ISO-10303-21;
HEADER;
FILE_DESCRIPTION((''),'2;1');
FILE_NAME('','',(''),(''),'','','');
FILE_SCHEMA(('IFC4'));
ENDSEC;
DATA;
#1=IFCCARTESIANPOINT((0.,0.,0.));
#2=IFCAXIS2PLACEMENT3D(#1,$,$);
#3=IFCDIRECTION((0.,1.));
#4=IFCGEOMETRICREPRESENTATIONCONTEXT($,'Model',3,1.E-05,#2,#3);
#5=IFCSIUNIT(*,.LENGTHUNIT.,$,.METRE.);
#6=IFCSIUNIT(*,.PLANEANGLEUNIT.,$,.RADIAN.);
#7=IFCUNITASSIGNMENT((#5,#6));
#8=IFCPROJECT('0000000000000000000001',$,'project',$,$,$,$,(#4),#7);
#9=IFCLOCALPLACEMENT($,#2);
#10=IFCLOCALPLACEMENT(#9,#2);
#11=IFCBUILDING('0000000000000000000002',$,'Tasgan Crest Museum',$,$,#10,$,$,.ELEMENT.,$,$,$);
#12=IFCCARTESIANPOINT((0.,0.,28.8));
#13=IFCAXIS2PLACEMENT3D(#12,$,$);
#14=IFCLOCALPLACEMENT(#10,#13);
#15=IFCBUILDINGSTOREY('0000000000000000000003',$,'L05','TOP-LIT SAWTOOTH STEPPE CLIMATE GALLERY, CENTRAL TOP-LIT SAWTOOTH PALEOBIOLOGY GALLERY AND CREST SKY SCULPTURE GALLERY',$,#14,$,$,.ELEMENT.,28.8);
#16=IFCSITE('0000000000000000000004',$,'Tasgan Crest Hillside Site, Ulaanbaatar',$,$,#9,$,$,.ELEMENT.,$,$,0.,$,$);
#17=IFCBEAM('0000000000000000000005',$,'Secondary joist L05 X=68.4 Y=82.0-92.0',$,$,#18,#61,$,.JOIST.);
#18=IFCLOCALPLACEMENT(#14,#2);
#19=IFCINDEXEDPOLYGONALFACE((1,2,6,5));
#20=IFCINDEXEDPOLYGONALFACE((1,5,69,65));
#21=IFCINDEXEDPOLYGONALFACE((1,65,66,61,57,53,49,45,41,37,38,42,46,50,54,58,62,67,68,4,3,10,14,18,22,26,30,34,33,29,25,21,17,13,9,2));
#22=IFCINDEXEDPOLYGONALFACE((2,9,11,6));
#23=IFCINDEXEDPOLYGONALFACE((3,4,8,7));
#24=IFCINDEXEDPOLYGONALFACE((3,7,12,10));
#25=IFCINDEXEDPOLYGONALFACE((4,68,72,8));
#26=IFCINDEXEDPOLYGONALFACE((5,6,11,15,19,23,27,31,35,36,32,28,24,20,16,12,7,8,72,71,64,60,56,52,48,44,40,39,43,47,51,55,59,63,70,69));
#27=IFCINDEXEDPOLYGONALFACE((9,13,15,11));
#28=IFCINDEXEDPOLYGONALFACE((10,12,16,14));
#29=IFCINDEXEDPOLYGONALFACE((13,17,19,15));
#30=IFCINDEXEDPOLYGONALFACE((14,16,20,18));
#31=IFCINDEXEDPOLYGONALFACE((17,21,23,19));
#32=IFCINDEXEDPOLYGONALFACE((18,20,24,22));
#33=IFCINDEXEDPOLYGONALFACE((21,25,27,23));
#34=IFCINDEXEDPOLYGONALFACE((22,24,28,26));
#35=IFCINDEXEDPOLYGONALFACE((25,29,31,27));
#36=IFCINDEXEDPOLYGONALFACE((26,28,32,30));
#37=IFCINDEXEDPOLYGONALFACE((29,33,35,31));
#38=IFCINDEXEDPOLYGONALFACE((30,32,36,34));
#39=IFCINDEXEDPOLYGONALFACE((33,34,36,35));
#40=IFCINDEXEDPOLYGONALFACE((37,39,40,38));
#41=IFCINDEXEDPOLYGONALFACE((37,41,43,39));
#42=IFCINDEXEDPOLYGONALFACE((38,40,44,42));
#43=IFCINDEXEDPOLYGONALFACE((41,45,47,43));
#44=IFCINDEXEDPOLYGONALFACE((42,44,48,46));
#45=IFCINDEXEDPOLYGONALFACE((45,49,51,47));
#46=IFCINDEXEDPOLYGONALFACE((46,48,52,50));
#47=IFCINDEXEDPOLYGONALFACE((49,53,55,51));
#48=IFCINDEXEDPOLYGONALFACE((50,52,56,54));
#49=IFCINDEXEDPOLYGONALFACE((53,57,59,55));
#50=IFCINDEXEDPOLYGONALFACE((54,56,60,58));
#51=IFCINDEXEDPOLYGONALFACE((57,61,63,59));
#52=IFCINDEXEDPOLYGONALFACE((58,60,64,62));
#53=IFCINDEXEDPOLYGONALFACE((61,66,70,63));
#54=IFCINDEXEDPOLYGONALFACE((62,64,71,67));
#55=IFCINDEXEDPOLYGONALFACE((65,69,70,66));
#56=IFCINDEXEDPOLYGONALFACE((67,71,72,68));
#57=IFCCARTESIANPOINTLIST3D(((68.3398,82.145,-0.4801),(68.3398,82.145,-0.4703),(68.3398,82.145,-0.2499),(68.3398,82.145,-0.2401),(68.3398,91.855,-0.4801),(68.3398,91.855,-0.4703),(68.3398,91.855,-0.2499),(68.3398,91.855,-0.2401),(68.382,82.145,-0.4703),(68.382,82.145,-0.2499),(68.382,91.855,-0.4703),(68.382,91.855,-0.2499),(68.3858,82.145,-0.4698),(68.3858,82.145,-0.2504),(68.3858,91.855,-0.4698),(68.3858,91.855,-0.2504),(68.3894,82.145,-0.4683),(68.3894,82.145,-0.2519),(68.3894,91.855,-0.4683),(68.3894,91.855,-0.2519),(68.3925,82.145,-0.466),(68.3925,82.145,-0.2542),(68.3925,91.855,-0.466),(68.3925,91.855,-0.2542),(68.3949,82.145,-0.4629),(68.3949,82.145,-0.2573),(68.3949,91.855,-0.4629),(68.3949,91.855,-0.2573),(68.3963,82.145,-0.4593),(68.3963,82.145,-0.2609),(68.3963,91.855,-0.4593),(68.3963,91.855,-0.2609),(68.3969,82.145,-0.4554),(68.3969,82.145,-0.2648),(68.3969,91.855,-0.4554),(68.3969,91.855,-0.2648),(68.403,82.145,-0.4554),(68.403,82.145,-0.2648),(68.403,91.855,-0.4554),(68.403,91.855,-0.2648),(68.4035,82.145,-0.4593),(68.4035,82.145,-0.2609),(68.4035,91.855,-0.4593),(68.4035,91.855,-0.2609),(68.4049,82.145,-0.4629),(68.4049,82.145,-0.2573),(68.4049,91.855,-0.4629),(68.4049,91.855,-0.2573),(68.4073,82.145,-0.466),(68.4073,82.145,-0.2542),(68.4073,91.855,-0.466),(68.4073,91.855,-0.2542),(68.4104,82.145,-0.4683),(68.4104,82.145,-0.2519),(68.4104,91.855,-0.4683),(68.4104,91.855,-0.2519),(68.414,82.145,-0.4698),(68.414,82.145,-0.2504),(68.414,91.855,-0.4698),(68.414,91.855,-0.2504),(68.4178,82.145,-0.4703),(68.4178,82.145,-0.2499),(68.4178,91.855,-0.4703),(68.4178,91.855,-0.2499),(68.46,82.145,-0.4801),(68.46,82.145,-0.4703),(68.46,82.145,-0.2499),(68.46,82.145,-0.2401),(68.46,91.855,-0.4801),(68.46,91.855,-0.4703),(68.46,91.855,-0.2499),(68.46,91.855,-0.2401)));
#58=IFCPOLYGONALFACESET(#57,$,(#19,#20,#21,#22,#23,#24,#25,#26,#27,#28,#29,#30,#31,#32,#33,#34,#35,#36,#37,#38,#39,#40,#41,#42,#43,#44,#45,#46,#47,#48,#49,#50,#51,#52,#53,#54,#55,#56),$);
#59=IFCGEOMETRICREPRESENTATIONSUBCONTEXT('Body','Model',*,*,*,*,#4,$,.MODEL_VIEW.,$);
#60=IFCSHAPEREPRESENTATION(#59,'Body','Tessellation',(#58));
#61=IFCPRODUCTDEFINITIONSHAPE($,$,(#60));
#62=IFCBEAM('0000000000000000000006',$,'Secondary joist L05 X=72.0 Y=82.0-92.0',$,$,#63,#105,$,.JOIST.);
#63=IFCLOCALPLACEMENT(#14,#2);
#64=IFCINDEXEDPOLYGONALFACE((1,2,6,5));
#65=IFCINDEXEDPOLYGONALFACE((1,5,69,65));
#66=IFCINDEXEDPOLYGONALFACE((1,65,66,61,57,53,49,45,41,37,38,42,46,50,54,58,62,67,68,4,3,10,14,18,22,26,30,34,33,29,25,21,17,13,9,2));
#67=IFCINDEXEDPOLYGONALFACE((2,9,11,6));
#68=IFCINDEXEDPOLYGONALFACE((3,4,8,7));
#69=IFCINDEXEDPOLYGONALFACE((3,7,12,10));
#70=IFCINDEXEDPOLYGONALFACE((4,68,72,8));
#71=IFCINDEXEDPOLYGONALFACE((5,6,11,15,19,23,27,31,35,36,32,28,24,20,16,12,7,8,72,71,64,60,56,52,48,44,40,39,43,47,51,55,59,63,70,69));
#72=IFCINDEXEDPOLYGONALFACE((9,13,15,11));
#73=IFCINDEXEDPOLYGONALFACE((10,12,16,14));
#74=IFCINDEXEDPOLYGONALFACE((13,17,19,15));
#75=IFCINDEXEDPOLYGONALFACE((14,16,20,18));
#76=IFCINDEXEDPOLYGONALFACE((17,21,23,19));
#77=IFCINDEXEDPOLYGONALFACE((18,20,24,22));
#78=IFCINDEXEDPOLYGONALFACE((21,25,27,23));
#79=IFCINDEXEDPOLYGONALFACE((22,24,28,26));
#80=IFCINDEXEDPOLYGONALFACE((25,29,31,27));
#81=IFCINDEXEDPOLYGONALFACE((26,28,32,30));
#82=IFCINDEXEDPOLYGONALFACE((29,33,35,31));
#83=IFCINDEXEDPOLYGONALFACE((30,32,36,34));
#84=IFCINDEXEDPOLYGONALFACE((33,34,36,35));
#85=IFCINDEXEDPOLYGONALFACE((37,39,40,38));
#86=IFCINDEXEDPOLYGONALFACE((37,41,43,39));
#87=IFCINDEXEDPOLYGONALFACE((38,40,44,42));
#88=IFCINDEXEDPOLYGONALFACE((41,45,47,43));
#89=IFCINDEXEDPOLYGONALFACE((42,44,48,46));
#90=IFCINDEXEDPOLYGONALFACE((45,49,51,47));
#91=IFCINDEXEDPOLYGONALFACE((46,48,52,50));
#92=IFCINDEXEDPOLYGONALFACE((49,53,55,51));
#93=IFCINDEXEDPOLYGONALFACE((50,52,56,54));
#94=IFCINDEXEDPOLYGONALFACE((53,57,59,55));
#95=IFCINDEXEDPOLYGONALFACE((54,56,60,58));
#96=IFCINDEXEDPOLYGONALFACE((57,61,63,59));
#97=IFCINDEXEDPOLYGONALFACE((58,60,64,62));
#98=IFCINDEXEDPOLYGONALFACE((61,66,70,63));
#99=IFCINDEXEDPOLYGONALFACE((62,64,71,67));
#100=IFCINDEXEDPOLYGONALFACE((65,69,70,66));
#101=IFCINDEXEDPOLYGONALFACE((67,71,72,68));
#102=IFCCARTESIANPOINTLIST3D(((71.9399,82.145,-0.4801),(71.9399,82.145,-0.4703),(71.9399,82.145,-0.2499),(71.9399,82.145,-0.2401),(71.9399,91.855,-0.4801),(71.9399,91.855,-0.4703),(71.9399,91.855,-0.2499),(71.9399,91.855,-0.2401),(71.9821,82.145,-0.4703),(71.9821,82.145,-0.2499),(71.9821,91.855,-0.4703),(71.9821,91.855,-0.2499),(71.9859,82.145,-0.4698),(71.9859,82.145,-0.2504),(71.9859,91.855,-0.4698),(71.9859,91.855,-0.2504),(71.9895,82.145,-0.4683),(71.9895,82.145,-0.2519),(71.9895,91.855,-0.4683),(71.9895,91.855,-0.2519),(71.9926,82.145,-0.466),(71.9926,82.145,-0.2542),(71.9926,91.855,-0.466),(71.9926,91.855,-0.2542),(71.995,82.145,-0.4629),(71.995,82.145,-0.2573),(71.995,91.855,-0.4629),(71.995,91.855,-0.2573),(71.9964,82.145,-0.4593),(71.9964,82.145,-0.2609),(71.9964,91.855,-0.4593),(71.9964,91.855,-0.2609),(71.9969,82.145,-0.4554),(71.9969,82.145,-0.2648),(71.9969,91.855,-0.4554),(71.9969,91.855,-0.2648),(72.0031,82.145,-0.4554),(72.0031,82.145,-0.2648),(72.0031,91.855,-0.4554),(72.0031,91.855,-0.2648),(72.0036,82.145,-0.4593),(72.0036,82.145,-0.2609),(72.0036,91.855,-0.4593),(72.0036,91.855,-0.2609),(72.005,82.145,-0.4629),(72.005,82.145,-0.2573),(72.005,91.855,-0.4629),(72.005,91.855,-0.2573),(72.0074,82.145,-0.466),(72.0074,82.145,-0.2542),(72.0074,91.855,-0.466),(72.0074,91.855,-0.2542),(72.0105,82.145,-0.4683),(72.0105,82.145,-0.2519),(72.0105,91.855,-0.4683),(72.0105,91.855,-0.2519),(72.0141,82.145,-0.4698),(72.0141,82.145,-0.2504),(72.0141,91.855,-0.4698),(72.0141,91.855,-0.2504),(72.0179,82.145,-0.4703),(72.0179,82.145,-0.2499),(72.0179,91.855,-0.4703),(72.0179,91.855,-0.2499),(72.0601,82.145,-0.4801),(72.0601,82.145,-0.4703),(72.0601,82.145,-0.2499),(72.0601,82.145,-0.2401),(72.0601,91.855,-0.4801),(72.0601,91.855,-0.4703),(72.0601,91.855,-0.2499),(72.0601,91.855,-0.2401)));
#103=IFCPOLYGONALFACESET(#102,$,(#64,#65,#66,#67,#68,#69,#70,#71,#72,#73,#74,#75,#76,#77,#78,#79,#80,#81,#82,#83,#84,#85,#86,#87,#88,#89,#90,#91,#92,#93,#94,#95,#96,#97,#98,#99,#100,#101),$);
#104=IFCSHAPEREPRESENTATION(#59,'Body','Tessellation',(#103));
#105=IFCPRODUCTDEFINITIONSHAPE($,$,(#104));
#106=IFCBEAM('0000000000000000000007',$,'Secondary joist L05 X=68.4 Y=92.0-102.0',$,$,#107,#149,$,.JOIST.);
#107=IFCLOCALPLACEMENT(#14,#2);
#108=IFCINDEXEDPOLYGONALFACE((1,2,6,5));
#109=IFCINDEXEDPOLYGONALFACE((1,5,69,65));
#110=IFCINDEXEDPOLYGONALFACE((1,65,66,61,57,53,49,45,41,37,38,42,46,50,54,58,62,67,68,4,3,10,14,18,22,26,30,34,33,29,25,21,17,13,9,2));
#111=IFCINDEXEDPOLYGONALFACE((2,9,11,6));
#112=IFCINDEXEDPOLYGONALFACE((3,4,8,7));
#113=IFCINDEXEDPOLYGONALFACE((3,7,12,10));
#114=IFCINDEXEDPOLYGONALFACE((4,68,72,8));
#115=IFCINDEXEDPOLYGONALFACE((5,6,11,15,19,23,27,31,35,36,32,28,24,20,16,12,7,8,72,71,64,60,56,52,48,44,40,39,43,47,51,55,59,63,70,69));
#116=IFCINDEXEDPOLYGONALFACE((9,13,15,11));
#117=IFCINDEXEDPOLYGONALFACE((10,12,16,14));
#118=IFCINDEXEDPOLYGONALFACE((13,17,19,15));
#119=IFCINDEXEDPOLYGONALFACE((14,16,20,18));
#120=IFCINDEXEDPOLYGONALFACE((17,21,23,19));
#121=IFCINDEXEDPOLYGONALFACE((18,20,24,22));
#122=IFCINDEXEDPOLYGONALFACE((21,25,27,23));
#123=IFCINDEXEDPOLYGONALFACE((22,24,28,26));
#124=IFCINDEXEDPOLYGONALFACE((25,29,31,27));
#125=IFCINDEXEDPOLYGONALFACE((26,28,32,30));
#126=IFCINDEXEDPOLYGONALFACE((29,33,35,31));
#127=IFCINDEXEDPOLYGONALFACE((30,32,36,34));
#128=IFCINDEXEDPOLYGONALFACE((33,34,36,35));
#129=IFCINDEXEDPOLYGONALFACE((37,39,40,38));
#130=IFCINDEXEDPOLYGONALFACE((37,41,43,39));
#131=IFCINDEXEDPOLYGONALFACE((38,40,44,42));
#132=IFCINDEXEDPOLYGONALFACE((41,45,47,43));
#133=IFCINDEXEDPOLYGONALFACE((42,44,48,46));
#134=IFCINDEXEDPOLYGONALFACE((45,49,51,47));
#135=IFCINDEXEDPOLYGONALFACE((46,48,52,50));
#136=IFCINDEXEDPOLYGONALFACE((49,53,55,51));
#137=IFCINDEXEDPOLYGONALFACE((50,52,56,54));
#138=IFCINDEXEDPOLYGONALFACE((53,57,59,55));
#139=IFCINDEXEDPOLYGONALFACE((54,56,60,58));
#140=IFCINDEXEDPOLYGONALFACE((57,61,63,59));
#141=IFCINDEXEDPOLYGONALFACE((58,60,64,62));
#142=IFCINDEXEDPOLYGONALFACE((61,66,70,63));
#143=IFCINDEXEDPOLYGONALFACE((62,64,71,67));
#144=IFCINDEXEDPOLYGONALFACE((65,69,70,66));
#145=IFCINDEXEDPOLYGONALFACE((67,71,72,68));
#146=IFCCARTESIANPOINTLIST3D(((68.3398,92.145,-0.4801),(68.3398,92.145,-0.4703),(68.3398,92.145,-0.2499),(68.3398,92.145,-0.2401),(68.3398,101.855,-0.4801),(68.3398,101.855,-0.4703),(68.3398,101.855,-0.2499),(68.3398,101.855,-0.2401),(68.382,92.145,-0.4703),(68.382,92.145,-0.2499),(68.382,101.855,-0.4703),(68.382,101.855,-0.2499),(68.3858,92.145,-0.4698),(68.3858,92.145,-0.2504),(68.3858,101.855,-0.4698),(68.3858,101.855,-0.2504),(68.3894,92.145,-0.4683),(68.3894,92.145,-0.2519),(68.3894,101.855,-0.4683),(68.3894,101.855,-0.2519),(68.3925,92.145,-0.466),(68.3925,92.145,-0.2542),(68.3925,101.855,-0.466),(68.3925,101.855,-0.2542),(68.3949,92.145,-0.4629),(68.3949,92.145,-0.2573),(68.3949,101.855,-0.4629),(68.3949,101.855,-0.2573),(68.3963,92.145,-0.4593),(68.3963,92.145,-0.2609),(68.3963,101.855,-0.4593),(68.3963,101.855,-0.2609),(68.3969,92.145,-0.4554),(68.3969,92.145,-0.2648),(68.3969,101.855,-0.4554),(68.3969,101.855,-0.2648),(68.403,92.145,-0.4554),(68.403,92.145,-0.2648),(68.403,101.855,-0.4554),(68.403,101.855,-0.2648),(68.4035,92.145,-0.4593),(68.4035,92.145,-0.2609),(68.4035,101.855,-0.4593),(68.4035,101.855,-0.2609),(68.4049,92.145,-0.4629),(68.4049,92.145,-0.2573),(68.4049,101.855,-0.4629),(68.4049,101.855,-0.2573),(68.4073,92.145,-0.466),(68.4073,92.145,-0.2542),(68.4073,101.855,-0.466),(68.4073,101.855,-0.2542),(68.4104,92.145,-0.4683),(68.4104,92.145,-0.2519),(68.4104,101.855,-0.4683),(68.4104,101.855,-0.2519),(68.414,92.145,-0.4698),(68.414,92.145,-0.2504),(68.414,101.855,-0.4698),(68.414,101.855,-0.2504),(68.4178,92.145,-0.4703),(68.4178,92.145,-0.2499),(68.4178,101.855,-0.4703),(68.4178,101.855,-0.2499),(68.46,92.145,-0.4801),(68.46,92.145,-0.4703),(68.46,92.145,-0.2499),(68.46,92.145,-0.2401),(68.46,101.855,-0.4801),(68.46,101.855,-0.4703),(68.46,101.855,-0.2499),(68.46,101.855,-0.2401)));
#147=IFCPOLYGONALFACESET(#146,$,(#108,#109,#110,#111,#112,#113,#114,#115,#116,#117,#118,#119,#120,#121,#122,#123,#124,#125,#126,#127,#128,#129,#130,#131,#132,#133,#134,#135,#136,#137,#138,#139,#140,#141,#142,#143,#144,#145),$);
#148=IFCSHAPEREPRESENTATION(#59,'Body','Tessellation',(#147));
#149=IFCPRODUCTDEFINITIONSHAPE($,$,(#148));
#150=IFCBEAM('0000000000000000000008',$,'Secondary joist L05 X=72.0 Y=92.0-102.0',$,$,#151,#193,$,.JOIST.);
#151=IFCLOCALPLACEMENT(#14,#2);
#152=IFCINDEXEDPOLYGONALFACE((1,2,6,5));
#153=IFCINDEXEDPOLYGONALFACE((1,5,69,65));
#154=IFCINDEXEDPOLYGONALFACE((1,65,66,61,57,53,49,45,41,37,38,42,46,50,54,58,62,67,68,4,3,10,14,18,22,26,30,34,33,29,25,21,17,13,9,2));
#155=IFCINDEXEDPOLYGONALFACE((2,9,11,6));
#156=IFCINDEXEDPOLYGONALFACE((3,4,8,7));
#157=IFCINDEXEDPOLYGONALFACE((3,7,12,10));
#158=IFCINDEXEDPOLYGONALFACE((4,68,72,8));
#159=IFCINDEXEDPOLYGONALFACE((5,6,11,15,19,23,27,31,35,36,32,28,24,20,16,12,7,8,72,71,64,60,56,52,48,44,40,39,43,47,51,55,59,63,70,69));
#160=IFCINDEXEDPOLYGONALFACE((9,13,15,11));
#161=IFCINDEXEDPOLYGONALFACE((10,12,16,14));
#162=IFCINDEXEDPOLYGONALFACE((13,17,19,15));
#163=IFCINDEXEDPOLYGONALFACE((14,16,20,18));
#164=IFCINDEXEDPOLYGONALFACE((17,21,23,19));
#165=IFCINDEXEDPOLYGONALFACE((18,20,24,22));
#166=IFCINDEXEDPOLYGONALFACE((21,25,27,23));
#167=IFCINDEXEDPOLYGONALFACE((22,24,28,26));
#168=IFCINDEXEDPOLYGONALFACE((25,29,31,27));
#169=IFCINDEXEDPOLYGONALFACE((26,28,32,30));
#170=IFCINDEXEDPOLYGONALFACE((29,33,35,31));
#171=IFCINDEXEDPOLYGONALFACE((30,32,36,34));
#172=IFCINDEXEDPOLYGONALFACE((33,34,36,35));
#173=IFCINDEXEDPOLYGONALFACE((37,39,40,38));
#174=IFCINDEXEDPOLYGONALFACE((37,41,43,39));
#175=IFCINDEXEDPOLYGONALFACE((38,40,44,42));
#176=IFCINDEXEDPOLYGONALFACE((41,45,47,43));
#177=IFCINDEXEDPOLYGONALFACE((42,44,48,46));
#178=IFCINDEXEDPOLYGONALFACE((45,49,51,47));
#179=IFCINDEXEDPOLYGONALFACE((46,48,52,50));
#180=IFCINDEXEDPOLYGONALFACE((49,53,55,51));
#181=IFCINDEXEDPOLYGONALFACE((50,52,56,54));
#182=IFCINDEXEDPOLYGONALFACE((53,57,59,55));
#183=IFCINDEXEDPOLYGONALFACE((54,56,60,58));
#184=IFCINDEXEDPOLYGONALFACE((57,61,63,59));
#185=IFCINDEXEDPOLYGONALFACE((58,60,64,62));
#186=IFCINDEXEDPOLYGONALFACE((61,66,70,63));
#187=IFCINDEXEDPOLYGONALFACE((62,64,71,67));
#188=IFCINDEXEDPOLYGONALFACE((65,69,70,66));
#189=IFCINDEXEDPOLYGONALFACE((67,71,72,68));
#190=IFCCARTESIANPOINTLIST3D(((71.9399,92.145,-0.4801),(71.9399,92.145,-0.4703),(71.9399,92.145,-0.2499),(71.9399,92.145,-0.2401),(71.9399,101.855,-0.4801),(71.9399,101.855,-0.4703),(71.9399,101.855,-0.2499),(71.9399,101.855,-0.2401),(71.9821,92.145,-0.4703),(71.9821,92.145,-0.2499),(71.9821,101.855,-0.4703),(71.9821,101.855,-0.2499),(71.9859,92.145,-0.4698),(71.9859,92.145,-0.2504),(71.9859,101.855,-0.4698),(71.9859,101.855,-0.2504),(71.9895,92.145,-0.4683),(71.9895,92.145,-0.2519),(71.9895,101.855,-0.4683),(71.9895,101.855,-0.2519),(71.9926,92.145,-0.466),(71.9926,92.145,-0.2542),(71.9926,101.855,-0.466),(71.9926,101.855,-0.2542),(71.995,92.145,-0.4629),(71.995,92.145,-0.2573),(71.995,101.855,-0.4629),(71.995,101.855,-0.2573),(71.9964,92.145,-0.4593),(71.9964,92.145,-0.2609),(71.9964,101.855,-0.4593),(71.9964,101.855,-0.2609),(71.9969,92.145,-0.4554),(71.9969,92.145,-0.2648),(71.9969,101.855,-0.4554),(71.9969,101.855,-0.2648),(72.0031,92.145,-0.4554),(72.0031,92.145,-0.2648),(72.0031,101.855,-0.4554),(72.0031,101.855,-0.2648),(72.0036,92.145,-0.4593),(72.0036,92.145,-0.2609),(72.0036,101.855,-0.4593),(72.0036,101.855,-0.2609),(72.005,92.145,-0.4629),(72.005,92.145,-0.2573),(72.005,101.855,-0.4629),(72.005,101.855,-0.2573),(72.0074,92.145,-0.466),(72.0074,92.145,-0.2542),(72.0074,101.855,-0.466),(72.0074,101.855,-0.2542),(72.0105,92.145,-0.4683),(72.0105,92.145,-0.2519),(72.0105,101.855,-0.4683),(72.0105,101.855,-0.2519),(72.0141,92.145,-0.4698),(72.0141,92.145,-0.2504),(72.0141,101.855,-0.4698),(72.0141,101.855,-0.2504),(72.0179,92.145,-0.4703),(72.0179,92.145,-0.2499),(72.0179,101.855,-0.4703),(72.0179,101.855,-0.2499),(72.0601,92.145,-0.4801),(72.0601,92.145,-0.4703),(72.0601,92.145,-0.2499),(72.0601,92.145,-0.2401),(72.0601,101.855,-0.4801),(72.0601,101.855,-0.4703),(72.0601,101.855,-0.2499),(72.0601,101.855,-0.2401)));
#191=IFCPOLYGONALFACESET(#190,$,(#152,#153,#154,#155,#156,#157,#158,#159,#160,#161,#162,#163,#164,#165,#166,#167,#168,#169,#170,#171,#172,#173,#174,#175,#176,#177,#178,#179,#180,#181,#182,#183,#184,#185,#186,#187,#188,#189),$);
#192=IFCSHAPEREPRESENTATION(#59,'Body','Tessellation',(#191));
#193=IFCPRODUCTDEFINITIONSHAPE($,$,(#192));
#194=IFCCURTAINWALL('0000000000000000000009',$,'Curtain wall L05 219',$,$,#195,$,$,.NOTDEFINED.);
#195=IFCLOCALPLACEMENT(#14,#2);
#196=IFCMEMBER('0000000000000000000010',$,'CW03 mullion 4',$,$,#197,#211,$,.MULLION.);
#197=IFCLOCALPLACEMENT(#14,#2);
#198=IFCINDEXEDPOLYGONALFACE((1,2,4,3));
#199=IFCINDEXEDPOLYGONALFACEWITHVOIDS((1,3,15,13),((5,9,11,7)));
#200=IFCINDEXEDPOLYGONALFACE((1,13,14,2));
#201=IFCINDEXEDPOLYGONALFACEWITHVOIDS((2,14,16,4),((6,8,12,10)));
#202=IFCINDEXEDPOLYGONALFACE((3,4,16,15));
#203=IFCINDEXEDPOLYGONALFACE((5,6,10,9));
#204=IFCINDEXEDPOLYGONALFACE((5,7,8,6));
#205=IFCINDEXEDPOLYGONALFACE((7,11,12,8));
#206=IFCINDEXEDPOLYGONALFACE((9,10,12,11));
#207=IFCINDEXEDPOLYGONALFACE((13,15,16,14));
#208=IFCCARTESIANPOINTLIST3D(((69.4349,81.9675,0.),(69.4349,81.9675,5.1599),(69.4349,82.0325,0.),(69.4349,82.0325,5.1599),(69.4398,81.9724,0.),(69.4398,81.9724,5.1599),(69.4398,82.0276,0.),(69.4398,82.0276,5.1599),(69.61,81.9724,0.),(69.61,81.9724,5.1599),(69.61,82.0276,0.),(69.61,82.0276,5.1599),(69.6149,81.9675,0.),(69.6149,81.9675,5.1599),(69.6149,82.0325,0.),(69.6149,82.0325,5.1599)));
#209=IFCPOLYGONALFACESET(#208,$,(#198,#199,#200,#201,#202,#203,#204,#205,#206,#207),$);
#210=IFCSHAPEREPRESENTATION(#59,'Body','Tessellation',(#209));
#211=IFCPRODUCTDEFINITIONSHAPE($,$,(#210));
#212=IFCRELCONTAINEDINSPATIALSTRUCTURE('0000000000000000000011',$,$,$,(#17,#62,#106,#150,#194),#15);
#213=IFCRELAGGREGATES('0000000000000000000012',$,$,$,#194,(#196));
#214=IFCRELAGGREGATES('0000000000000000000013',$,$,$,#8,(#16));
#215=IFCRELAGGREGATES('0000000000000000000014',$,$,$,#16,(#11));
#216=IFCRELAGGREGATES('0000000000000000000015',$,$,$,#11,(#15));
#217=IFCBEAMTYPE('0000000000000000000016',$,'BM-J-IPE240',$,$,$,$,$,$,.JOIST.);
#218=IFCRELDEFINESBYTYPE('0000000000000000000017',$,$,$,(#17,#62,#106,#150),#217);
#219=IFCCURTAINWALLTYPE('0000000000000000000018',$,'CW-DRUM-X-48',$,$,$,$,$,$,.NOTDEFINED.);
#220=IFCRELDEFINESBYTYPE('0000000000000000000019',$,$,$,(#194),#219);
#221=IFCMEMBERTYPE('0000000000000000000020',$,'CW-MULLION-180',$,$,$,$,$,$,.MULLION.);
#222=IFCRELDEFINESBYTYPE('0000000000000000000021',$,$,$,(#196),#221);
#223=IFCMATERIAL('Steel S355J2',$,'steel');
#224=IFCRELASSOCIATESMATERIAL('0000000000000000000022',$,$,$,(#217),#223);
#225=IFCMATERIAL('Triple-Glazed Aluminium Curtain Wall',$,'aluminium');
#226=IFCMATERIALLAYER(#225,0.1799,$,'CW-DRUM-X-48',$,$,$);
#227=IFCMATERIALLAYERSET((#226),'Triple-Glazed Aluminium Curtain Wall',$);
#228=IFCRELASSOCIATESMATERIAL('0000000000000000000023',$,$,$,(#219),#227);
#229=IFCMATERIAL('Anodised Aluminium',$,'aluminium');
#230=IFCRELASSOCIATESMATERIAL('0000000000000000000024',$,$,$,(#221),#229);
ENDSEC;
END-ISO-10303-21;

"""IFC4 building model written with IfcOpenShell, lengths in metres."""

from ifc_helpers import new_model, si_unit, direction, frame, origin, origin_2d, place, context, subcontext, project, spatial, hollow_rectangle, i_section, extrude, material, layer, layer_set, material_profile, profile_set, type_object, element, aggregate, save


model = new_model("IFC4")

# Units and contexts
model_context = context("Model", 3, precision=1e-05, world=origin(), true_north=direction((0.0, 1.0)))
body_context = subcontext(model_context, "Body", "Model", "MODEL_VIEW")
ifc_project = project(units=[si_unit("LENGTHUNIT", "METRE"), si_unit("PLANEANGLEUNIT", "RADIAN")], contexts=[model_context])

# Site, building, storey
site_placement = place(None, origin())
site = spatial("IfcSite", under=ifc_project, at=site_placement, Name="Tasgan Crest Hillside Site, Ulaanbaatar", CompositionType="ELEMENT", RefElevation=0.0)
building_placement = place(site_placement, origin())
building = spatial("IfcBuilding", under=site, at=building_placement, Name="Tasgan Crest Museum", CompositionType="ELEMENT")
storey_placement = place(building_placement, frame((0.0, 0.0, 28.8)))
storey = spatial("IfcBuildingStorey", under=building, at=storey_placement, Name="L05", Description="TOP-LIT SAWTOOTH STEPPE CLIMATE GALLERY, CENTRAL TOP-LIT SAWTOOTH PALEOBIOLOGY GALLERY AND CREST SKY SCULPTURE GALLERY", CompositionType="ELEMENT", Elevation=28.8)

# Beams
ifc_material_1 = material(Name="Steel S355J2", Category="steel")
ifc_material_profile_1 = material_profile(ifc_material_1, i_section(OverallWidth=0.1201, OverallDepth=0.24, WebThickness=0.0061, FlangeThickness=0.0098, FilletRadius=0.0149, at=origin_2d()), Name="IPE 240")
ifc_profile_set_1 = profile_set([ifc_material_profile_1], Name="Steel S355J2")
beam_type = type_object("IfcBeamType", Name="BM-J-IPE240", PredefinedType="JOIST", material=ifc_profile_set_1)
for number, where, z_axis, x_axis, name in (
    (1, (68.3999, 82.145, -0.3601), (0.0, 1.0, 0.0), (-1.0, 0.0, 0.0), "Secondary joist L05 X=68.4 Y=82.0-92.0"),
    (2, (72.0, 82.145, -0.3601), (0.0, 1.0, 0.0), (-1.0, 0.0, 0.0), "Secondary joist L05 X=72.0 Y=82.0-92.0"),
    (3, (68.3999, 92.145, -0.3601), (0.0, 1.0, 0.0), (-1.0, 0.0, 0.0), "Secondary joist L05 X=68.4 Y=92.0-102.0"),
    (4, (72.0, 92.145, -0.3601), (0.0, 1.0, 0.0), (-1.0, 0.0, 0.0), "Secondary joist L05 X=72.0 Y=92.0-102.0"),
):
    element("IfcBeam", number, at=place(storey_placement, frame(where, z_axis=z_axis, x_axis=x_axis)), inside=storey, type_object=beam_type, Name=name, PredefinedType="JOIST", context=body_context, shape_type="SweptSolid", body=[
        extrude(i_section(OverallWidth=0.1201, OverallDepth=0.24, WebThickness=0.0061, FlangeThickness=0.0098, FilletRadius=0.0149, at=origin_2d()), origin(), (0.0, 0.0, 1.0), 9.71),
    ])

# Curtain wall, member
ifc_material_2 = material(Name="Triple-Glazed Aluminium Curtain Wall", Category="aluminium")
ifc_layer_1 = layer(ifc_material_2, 0.1799, Name="CW-DRUM-X-48")
ifc_layer_set_1 = layer_set([ifc_layer_1], Name="Triple-Glazed Aluminium Curtain Wall")
curtain_wall_type = type_object("IfcCurtainWallType", Name="CW-DRUM-X-48", PredefinedType="NOTDEFINED", material=ifc_layer_set_1)
curtain_wall_1_placement = place(storey_placement, origin())
curtain_wall_1 = element("IfcCurtainWall", 5, at=curtain_wall_1_placement, inside=storey, type_object=curtain_wall_type, Name="Curtain wall L05 219", PredefinedType="NOTDEFINED")
ifc_material_3 = material(Name="Anodised Aluminium", Category="aluminium")
ifc_material_profile_2 = material_profile(ifc_material_3, hollow_rectangle(XDim=0.0649, YDim=0.1799, WallThickness=0.0049, at=origin_2d()), Name="ALU MULLION 180x65x5")
ifc_profile_set_2 = profile_set([ifc_material_profile_2], Name="Anodised Aluminium")
member_type_1 = type_object("IfcMemberType", Name="CW-MULLION-180", PredefinedType="MULLION", material=ifc_profile_set_2)
member_1_placement = place(storey_placement, frame((69.5249, 82.0, 0.0), z_axis=(0.0, 0.0, 1.0), x_axis=(0.0, 1.0, 0.0)))
member_1 = element("IfcMember", 6, at=member_1_placement, type_object=member_type_1, Name="CW03 mullion 4", PredefinedType="MULLION", context=body_context, shape_type="SweptSolid", body=[
    extrude(hollow_rectangle(XDim=0.0649, YDim=0.1799, WallThickness=0.0049, at=origin_2d()), origin(), (0.0, 0.0, 1.0), 5.1599),
])

aggregate(curtain_wall_1, [member_1])

save(model, "model.ifc")
